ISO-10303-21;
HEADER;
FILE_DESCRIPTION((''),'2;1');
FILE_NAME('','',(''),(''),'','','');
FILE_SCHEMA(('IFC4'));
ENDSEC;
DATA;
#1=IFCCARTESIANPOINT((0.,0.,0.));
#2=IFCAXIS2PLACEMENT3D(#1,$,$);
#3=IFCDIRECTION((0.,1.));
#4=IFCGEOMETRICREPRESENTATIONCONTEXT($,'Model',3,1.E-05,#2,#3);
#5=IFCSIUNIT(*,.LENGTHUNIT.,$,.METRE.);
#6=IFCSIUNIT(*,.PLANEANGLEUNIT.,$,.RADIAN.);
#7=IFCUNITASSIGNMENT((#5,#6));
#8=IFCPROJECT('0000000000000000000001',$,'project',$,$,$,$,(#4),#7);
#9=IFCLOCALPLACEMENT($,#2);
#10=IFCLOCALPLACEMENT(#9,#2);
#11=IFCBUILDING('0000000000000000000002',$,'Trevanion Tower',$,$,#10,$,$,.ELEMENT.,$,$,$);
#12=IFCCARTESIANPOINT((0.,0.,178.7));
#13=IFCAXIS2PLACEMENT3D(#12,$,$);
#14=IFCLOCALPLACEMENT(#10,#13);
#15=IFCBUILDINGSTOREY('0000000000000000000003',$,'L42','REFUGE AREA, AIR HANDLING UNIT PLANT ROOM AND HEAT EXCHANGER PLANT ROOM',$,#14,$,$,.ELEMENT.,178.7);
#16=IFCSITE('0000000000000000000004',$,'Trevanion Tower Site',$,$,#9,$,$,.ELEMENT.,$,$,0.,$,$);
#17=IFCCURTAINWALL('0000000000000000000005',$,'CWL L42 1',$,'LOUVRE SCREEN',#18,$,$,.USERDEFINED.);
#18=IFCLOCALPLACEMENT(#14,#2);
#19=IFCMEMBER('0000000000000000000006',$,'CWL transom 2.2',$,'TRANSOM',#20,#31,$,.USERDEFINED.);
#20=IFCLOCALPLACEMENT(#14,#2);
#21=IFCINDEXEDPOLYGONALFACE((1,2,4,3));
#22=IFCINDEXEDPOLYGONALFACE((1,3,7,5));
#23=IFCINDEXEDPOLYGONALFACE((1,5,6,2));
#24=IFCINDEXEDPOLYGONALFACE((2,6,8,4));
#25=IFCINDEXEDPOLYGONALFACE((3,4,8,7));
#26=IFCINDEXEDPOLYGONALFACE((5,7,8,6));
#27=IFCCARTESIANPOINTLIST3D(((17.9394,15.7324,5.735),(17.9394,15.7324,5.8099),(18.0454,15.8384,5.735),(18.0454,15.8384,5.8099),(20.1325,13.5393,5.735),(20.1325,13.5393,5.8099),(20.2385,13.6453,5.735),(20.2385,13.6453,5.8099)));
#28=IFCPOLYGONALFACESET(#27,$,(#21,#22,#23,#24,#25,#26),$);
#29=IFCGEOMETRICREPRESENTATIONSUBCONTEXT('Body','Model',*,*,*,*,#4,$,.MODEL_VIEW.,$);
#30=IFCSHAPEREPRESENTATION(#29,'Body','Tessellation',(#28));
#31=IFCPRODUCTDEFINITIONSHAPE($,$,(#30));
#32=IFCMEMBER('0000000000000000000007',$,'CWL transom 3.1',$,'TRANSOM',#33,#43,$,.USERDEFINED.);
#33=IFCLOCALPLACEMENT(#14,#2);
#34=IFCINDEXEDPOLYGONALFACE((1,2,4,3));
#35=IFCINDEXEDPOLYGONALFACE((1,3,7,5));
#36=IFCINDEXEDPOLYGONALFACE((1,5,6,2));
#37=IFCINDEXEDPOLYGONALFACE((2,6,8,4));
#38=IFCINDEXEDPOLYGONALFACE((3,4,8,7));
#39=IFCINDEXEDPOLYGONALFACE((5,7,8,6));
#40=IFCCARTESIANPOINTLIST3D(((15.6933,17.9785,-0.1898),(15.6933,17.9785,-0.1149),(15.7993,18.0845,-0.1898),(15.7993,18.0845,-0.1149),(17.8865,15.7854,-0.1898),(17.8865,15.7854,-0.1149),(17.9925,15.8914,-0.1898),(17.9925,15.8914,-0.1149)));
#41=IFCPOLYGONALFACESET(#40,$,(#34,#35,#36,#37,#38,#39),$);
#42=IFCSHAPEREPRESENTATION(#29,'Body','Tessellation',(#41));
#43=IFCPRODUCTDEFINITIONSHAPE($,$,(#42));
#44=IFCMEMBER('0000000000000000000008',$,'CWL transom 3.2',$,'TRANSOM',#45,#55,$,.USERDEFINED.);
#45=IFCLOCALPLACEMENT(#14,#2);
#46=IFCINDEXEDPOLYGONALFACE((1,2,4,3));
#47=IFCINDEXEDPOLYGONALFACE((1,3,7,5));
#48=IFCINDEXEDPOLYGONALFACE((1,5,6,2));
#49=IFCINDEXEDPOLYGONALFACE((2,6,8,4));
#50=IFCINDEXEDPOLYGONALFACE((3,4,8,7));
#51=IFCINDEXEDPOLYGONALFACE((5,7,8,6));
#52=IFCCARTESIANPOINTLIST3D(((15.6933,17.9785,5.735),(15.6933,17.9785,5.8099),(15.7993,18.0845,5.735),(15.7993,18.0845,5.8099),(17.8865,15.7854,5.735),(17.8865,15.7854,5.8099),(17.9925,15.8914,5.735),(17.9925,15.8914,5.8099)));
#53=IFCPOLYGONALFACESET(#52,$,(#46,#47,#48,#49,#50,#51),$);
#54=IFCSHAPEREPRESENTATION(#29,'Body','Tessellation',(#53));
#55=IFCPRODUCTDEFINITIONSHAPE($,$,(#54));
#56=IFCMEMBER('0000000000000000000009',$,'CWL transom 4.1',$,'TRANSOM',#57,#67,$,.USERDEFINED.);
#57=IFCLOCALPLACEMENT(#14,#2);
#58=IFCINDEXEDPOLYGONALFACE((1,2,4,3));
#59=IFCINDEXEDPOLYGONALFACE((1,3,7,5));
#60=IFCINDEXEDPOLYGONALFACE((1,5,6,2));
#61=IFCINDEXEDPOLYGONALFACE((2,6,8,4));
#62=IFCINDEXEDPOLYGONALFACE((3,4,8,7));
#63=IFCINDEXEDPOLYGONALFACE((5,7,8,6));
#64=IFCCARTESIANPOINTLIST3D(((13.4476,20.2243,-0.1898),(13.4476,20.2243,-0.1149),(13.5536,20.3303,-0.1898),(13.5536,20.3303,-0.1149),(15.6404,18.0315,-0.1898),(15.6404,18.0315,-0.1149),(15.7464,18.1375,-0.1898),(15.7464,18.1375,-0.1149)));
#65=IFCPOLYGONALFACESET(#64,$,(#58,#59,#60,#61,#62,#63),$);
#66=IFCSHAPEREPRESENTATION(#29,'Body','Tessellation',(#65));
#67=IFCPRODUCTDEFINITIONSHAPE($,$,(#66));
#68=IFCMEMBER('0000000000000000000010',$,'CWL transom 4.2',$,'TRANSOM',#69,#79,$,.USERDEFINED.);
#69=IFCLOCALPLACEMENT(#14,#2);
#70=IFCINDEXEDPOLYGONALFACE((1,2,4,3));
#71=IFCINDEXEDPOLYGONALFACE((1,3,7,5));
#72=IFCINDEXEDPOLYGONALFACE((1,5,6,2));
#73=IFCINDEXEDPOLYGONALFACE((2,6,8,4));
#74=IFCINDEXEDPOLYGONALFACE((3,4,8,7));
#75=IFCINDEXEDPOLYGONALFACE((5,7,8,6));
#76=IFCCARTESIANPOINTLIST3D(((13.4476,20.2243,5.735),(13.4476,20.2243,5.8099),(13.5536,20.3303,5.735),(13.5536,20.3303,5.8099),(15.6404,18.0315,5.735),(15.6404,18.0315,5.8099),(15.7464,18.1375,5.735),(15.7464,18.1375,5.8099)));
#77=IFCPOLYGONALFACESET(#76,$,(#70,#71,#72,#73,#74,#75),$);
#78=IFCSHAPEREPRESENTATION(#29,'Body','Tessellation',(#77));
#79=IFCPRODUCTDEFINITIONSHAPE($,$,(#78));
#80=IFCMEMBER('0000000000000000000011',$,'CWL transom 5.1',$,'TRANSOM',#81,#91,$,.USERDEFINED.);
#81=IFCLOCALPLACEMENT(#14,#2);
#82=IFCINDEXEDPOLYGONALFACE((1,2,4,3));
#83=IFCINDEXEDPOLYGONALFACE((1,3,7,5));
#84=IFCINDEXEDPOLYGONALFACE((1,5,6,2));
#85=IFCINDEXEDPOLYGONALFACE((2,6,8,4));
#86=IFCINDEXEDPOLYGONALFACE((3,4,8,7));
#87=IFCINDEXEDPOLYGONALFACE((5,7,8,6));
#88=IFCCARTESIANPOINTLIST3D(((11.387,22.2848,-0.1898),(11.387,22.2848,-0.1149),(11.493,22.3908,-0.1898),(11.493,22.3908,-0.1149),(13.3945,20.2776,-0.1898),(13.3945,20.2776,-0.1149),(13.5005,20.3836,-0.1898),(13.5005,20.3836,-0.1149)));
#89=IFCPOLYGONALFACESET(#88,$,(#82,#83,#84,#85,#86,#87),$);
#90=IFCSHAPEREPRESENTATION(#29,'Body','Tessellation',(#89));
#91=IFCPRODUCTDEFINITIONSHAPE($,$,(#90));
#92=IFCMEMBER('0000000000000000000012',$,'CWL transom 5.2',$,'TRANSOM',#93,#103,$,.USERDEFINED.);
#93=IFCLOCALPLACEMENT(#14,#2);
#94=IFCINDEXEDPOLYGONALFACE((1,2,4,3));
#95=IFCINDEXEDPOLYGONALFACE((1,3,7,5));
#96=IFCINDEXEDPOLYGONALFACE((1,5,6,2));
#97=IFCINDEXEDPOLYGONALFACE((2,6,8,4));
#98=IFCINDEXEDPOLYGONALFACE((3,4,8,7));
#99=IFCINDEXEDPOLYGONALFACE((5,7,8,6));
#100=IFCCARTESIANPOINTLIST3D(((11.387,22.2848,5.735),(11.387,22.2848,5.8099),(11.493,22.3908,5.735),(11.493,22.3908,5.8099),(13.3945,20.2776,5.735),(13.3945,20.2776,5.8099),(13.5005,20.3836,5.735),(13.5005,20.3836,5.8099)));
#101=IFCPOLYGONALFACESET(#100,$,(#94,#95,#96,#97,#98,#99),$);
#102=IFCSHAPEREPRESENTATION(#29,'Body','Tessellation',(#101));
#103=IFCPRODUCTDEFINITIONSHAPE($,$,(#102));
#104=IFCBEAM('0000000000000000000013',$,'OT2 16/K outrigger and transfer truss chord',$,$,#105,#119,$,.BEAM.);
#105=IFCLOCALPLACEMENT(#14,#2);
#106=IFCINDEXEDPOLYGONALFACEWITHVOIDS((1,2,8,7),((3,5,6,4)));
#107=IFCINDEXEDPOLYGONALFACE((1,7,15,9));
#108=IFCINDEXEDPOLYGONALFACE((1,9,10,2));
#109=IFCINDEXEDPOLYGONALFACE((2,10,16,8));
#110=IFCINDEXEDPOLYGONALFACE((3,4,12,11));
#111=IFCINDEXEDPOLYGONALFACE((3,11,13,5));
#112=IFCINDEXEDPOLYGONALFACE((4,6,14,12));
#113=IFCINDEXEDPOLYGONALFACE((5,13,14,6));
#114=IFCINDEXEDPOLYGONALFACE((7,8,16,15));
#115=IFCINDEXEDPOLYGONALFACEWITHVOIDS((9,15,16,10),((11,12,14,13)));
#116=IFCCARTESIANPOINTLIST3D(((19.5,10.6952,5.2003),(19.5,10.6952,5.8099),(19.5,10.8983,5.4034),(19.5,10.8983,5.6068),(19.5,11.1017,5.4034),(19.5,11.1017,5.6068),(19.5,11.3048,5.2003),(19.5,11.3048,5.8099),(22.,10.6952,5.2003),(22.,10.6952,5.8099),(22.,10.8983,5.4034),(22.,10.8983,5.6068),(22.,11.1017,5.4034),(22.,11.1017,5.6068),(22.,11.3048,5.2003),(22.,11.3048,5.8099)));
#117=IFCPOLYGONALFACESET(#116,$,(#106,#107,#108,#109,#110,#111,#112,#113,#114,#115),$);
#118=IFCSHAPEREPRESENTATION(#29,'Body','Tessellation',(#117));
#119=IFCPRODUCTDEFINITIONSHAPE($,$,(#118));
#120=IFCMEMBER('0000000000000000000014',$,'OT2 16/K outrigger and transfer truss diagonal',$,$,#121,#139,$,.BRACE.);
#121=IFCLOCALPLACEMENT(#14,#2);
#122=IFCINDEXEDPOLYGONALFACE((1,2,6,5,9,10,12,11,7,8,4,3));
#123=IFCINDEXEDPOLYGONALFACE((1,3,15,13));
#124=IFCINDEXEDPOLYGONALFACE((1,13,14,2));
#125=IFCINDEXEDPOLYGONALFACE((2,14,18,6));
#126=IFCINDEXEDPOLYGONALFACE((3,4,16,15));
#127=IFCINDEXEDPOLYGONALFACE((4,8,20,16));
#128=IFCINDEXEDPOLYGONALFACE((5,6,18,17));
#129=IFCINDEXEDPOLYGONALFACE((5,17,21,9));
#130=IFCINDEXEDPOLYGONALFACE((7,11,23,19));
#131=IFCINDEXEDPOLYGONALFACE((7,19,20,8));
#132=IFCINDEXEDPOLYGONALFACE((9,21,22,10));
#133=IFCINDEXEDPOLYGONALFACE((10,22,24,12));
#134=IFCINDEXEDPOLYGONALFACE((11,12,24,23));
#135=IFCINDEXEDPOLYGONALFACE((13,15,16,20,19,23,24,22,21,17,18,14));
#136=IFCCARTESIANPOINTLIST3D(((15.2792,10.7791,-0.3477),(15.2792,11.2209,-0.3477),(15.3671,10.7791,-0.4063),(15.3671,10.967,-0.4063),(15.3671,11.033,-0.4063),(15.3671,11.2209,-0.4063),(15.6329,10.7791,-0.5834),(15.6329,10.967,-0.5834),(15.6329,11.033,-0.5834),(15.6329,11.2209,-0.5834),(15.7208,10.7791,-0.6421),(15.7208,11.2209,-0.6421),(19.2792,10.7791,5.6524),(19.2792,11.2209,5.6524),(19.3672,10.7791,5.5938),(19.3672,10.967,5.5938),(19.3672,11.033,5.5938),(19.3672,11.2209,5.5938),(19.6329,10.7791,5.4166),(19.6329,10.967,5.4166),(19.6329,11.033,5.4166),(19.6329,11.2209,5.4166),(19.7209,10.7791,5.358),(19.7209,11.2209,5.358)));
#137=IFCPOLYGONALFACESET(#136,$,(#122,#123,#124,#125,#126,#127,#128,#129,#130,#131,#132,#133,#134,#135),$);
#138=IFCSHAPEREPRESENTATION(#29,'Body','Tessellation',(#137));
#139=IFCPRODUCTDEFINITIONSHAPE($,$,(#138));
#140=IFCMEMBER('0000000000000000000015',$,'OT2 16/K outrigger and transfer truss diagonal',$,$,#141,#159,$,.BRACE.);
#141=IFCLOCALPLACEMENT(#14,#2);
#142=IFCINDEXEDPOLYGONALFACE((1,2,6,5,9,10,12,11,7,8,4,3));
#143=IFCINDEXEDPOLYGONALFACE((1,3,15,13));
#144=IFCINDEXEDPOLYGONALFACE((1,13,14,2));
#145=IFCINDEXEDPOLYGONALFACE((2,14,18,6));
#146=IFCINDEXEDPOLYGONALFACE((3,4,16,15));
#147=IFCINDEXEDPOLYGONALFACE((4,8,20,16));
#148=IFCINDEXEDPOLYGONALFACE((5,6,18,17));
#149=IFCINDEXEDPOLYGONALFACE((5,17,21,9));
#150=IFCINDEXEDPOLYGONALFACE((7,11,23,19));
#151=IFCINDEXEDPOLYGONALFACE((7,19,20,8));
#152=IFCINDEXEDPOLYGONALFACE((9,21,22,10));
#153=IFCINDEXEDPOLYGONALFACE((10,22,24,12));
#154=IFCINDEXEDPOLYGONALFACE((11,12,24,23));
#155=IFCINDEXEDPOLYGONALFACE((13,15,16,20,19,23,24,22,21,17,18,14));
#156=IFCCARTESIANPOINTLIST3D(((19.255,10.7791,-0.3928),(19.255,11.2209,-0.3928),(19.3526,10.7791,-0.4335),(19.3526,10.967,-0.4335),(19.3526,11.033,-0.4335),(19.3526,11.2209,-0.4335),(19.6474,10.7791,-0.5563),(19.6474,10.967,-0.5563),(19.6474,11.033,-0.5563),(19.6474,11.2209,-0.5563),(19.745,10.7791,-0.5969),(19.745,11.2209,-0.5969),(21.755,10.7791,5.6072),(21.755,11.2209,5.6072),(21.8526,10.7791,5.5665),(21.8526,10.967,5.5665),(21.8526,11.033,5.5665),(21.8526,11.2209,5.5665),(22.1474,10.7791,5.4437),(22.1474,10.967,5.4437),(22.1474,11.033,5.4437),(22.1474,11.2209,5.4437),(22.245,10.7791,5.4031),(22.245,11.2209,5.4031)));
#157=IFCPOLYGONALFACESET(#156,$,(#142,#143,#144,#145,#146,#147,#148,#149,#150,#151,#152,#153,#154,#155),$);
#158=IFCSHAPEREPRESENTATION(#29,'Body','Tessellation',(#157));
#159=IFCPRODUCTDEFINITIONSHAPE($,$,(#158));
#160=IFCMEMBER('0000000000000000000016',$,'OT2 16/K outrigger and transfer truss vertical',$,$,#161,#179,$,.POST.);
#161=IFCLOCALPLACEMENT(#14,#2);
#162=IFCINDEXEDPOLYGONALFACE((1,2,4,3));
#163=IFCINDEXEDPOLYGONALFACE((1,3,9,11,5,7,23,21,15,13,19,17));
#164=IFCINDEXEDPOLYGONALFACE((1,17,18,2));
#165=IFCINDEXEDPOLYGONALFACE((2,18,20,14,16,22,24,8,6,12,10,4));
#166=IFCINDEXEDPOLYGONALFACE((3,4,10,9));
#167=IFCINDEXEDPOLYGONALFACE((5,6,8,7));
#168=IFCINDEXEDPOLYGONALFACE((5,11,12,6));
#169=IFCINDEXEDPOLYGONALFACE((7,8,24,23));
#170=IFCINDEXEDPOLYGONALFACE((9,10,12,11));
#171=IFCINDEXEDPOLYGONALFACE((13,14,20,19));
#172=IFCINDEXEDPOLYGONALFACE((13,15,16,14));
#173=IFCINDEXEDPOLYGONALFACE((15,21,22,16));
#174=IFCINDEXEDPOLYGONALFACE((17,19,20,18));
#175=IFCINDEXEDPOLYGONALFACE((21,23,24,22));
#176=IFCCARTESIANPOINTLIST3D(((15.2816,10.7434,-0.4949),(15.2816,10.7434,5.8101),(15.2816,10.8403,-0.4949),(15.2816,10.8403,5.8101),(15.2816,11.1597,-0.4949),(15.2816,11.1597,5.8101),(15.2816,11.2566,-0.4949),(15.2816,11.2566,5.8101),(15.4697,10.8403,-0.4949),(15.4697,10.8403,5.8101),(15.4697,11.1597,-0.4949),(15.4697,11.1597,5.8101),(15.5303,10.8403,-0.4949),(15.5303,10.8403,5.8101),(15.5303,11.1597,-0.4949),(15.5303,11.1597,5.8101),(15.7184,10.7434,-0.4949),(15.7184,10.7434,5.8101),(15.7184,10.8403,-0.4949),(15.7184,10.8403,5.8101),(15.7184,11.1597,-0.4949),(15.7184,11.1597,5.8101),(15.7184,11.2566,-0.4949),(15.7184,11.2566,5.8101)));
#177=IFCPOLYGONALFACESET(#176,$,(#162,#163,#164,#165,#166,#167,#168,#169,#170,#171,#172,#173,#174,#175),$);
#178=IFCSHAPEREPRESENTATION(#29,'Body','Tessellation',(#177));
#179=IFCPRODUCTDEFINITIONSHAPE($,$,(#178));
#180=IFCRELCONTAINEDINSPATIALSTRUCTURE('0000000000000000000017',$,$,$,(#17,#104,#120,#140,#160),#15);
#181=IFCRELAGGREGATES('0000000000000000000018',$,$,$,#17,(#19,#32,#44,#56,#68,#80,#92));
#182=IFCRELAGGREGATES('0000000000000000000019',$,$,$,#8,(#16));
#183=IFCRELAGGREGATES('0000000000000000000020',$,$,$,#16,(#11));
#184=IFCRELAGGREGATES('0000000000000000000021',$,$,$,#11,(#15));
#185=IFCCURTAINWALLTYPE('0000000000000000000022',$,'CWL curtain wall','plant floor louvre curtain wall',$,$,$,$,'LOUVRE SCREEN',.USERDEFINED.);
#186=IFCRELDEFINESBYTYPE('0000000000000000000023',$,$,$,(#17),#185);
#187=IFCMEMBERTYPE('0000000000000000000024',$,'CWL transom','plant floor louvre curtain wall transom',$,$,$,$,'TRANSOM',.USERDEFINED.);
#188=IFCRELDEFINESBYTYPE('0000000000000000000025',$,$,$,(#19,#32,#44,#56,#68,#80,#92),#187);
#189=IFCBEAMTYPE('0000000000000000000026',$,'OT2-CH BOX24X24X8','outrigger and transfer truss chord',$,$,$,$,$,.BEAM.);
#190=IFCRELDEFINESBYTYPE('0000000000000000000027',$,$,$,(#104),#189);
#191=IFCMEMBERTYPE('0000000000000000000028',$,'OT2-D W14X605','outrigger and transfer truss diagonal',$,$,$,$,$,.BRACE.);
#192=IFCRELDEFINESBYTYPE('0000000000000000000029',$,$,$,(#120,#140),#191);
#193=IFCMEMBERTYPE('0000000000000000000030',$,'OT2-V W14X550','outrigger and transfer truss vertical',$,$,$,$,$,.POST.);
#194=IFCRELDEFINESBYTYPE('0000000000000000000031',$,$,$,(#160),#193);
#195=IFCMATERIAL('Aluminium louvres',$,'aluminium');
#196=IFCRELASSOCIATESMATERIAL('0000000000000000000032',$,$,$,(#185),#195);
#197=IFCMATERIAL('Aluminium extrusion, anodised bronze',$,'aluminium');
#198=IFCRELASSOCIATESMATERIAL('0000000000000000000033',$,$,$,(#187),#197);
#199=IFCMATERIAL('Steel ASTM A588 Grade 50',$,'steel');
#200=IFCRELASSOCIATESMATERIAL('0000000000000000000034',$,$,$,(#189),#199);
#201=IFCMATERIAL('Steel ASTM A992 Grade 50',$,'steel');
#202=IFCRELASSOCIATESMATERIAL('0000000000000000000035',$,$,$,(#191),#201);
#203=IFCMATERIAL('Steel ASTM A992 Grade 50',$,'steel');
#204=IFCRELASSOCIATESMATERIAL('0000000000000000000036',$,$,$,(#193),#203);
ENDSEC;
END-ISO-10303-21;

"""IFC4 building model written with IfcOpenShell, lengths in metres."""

from ifc_helpers import new_model, si_unit, direction, frame, origin, origin_2d, place, context, subcontext, project, spatial, rectangle, hollow_rectangle, i_section, extrude, material, material_profile, profile_set, type_object, element, aggregate, save


model = new_model("IFC4")

# Units and contexts
model_context = context("Model", 3, precision=1e-05, world=origin(), true_north=direction((0.0, 1.0)))
body_context = subcontext(model_context, "Body", "Model", "MODEL_VIEW")
ifc_project = project(units=[si_unit("LENGTHUNIT", "METRE"), si_unit("PLANEANGLEUNIT", "RADIAN")], contexts=[model_context])

# Site, building, storey
site_placement = place(None, origin())
site = spatial("IfcSite", under=ifc_project, at=site_placement, Name="Trevanion Tower Site", CompositionType="ELEMENT", RefElevation=0.0)
building_placement = place(site_placement, origin())
building = spatial("IfcBuilding", under=site, at=building_placement, Name="Trevanion Tower", CompositionType="ELEMENT")
storey_placement = place(building_placement, frame((0.0, 0.0, 178.7)))
storey = spatial("IfcBuildingStorey", under=building, at=storey_placement, Name="L42", Description="REFUGE AREA, AIR HANDLING UNIT PLANT ROOM AND HEAT EXCHANGER PLANT ROOM", CompositionType="ELEMENT", Elevation=178.7)

# Curtain wall
ifc_material_1 = material(Name="Aluminium louvres", Category="aluminium")
curtain_wall_type = type_object("IfcCurtainWallType", Name="CWL curtain wall", Description="plant floor louvre curtain wall", ElementType="LOUVRE SCREEN", PredefinedType="USERDEFINED", material=ifc_material_1)
curtain_wall_1_placement = place(storey_placement, origin())
curtain_wall_1 = element("IfcCurtainWall", 1, at=curtain_wall_1_placement, inside=storey, type_object=curtain_wall_type, Name="CWL L42 1", ObjectType="LOUVRE SCREEN", PredefinedType="USERDEFINED")

# Members
ifc_material_2 = material(Name="Aluminium extrusion, anodised bronze", Category="aluminium")
ifc_material_profile_1 = material_profile(ifc_material_2, rectangle(XDim=0.1499, YDim=0.075, at=origin_2d()), Name="CWL transom")
ifc_profile_set_1 = profile_set([ifc_material_profile_1], Name="Aluminium extrusion, anodised bronze")
member_type_1 = type_object("IfcMemberType", Name="CWL transom", Description="plant floor louvre curtain wall transom", ElementType="TRANSOM", PredefinedType="USERDEFINED", material=ifc_profile_set_1)
member_1_placement = place(storey_placement, frame((20.1855, 13.5923, 5.7725), z_axis=(-0.707107, 0.707107, 0.0), x_axis=(-0.707107, -0.707107, 0.0)))
member_1 = element("IfcMember", 2, at=member_1_placement, type_object=member_type_1, Name="CWL transom 2.2", ObjectType="TRANSOM", PredefinedType="USERDEFINED", context=body_context, shape_type="SweptSolid", body=[
    extrude(rectangle(XDim=0.1499, YDim=0.075, at=origin_2d()), origin(), (0.0, 0.0, 1.0), 3.1016),
])
member_2_placement = place(storey_placement, frame((17.9395, 15.8384, -0.1523), z_axis=(-0.707107, 0.707107, 0.0), x_axis=(-0.707107, -0.707107, 0.0)))
member_2 = element("IfcMember", 3, at=member_2_placement, type_object=member_type_1, Name="CWL transom 3.1", ObjectType="TRANSOM", PredefinedType="USERDEFINED", context=body_context, shape_type="SweptSolid", body=[
    extrude(rectangle(XDim=0.1499, YDim=0.075, at=origin_2d()), origin(), (0.0, 0.0, 1.0), 3.1016),
])
member_3_placement = place(storey_placement, frame((17.9395, 15.8384, 5.7725), z_axis=(-0.707107, 0.707107, 0.0), x_axis=(-0.707107, -0.707107, 0.0)))
member_3 = element("IfcMember", 4, at=member_3_placement, type_object=member_type_1, Name="CWL transom 3.2", ObjectType="TRANSOM", PredefinedType="USERDEFINED", context=body_context, shape_type="SweptSolid", body=[
    extrude(rectangle(XDim=0.1499, YDim=0.075, at=origin_2d()), origin(), (0.0, 0.0, 1.0), 3.1016),
])
member_4_placement = place(storey_placement, frame((15.6934, 18.0845, -0.1523), z_axis=(-0.707107, 0.707107, 0.0), x_axis=(-0.707107, -0.707107, 0.0)))
member_4 = element("IfcMember", 5, at=member_4_placement, type_object=member_type_1, Name="CWL transom 4.1", ObjectType="TRANSOM", PredefinedType="USERDEFINED", context=body_context, shape_type="SweptSolid", body=[
    extrude(rectangle(XDim=0.1499, YDim=0.075, at=origin_2d()), origin(), (0.0, 0.0, 1.0), 3.1011),
])
member_5_placement = place(storey_placement, frame((15.6934, 18.0845, 5.7725), z_axis=(-0.707107, 0.707107, 0.0), x_axis=(-0.707107, -0.707107, 0.0)))
member_5 = element("IfcMember", 6, at=member_5_placement, type_object=member_type_1, Name="CWL transom 4.2", ObjectType="TRANSOM", PredefinedType="USERDEFINED", context=body_context, shape_type="SweptSolid", body=[
    extrude(rectangle(XDim=0.1499, YDim=0.075, at=origin_2d()), origin(), (0.0, 0.0, 1.0), 3.1011),
])
member_6_placement = place(storey_placement, frame((13.4475, 20.3306, -0.1523), z_axis=(-0.70715, 0.707064, 0.0), x_axis=(-0.707064, -0.70715, 0.0)))
member_6 = element("IfcMember", 7, at=member_6_placement, type_object=member_type_1, Name="CWL transom 5.1", ObjectType="TRANSOM", PredefinedType="USERDEFINED", context=body_context, shape_type="SweptSolid", body=[
    extrude(rectangle(XDim=0.1499, YDim=0.075, at=origin_2d()), origin(), (0.0, 0.0, 1.0), 2.8389),
])
member_7_placement = place(storey_placement, frame((13.4475, 20.3306, 5.7725), z_axis=(-0.70715, 0.707064, 0.0), x_axis=(-0.707064, -0.70715, 0.0)))
member_7 = element("IfcMember", 8, at=member_7_placement, type_object=member_type_1, Name="CWL transom 5.2", ObjectType="TRANSOM", PredefinedType="USERDEFINED", context=body_context, shape_type="SweptSolid", body=[
    extrude(rectangle(XDim=0.1499, YDim=0.075, at=origin_2d()), origin(), (0.0, 0.0, 1.0), 2.8389),
])

# Beam
ifc_material_3 = material(Name="Steel ASTM A588 Grade 50", Category="steel")
ifc_material_profile_2 = material_profile(ifc_material_3, hollow_rectangle(XDim=0.6096, YDim=0.6096, WallThickness=0.2031, at=origin_2d()), Name="BOX24X24X8")
ifc_profile_set_2 = profile_set([ifc_material_profile_2], Name="Steel ASTM A588 Grade 50")
beam_type_1 = type_object("IfcBeamType", Name="OT2-CH BOX24X24X8", Description="outrigger and transfer truss chord", PredefinedType="BEAM", material=ifc_profile_set_2)
beam_1_placement = place(storey_placement, frame((19.5, 11.0, 5.5051), z_axis=(1.0, 0.0, 0.0), x_axis=(0.0, 1.0, 0.0)))
element("IfcBeam", 9, at=beam_1_placement, inside=storey, type_object=beam_type_1, Name="OT2 16/K outrigger and transfer truss chord", PredefinedType="BEAM", context=body_context, shape_type="SweptSolid", body=[
    extrude(hollow_rectangle(XDim=0.6096, YDim=0.6096, WallThickness=0.2031, at=origin_2d()), origin(), (0.0, 0.0, 1.0), 2.5),
])

# Members
ifc_material_4 = material(Name="Steel ASTM A992 Grade 50", Category="steel")
ifc_material_profile_3 = material_profile(ifc_material_4, i_section(OverallWidth=0.4419, OverallDepth=0.5308, WebThickness=0.0659, FlangeThickness=0.1057, at=origin_2d()), Name="W14X605")
ifc_profile_set_3 = profile_set([ifc_material_profile_3], Name="Steel ASTM A992 Grade 50")
member_type_2 = type_object("IfcMemberType", Name="OT2-D W14X605", Description="outrigger and transfer truss diagonal", PredefinedType="BRACE", material=ifc_profile_set_3)
member_8_placement = place(storey_placement, frame((15.5, 11.0, -0.4949), z_axis=(0.5547, 0.0, 0.83205), x_axis=(0.0, 1.0, 0.0)))
element("IfcMember", 10, at=member_8_placement, inside=storey, type_object=member_type_2, Name="OT2 16/K outrigger and transfer truss diagonal", PredefinedType="BRACE", context=body_context, shape_type="SweptSolid", body=[
    extrude(i_section(OverallWidth=0.4419, OverallDepth=0.5308, WebThickness=0.0659, FlangeThickness=0.1057, at=origin_2d()), origin(), (0.0, 0.0, 1.0), 7.2112),
])
member_9_placement = place(storey_placement, frame((19.5, 11.0, -0.4949), z_axis=(0.384615, 0.0, 0.923077), x_axis=(0.0, 1.0, 0.0)))
element("IfcMember", 11, at=member_9_placement, inside=storey, type_object=member_type_2, Name="OT2 16/K outrigger and transfer truss diagonal", PredefinedType="BRACE", context=body_context, shape_type="SweptSolid", body=[
    extrude(i_section(OverallWidth=0.4419, OverallDepth=0.5308, WebThickness=0.0659, FlangeThickness=0.1057, at=origin_2d()), origin(), (0.0, 0.0, 1.0), 6.5),
])
ifc_material_5 = material(Name="Steel ASTM A992 Grade 50", Category="steel")
ifc_material_profile_4 = material_profile(ifc_material_5, i_section(OverallWidth=0.4368, OverallDepth=0.5132, WebThickness=0.0605, FlangeThickness=0.0969, at=origin_2d()), Name="W14X550")
ifc_profile_set_4 = profile_set([ifc_material_profile_4], Name="Steel ASTM A992 Grade 50")
member_type_3 = type_object("IfcMemberType", Name="OT2-V W14X550", Description="outrigger and transfer truss vertical", PredefinedType="POST", material=ifc_profile_set_4)
for number, where, z_axis, x_axis, name in (
    (12, (15.5, 11.0, -0.4949), (0.0, 0.0, 1.0), (1.0, 0.0, 0.0), "OT2 16/K outrigger and transfer truss vertical"),
):
    element("IfcMember", number, at=place(storey_placement, frame(where, z_axis=z_axis, x_axis=x_axis)), inside=storey, type_object=member_type_3, Name=name, PredefinedType="POST", context=body_context, shape_type="SweptSolid", body=[
        extrude(i_section(OverallWidth=0.4368, OverallDepth=0.5132, WebThickness=0.0605, FlangeThickness=0.0969, at=origin_2d()), origin(), (0.0, 0.0, 1.0), 6.3049),
    ])

aggregate(curtain_wall_1, [member_1, member_2, member_3, member_4, member_5, member_6, member_7])

save(model, "model.ifc")
